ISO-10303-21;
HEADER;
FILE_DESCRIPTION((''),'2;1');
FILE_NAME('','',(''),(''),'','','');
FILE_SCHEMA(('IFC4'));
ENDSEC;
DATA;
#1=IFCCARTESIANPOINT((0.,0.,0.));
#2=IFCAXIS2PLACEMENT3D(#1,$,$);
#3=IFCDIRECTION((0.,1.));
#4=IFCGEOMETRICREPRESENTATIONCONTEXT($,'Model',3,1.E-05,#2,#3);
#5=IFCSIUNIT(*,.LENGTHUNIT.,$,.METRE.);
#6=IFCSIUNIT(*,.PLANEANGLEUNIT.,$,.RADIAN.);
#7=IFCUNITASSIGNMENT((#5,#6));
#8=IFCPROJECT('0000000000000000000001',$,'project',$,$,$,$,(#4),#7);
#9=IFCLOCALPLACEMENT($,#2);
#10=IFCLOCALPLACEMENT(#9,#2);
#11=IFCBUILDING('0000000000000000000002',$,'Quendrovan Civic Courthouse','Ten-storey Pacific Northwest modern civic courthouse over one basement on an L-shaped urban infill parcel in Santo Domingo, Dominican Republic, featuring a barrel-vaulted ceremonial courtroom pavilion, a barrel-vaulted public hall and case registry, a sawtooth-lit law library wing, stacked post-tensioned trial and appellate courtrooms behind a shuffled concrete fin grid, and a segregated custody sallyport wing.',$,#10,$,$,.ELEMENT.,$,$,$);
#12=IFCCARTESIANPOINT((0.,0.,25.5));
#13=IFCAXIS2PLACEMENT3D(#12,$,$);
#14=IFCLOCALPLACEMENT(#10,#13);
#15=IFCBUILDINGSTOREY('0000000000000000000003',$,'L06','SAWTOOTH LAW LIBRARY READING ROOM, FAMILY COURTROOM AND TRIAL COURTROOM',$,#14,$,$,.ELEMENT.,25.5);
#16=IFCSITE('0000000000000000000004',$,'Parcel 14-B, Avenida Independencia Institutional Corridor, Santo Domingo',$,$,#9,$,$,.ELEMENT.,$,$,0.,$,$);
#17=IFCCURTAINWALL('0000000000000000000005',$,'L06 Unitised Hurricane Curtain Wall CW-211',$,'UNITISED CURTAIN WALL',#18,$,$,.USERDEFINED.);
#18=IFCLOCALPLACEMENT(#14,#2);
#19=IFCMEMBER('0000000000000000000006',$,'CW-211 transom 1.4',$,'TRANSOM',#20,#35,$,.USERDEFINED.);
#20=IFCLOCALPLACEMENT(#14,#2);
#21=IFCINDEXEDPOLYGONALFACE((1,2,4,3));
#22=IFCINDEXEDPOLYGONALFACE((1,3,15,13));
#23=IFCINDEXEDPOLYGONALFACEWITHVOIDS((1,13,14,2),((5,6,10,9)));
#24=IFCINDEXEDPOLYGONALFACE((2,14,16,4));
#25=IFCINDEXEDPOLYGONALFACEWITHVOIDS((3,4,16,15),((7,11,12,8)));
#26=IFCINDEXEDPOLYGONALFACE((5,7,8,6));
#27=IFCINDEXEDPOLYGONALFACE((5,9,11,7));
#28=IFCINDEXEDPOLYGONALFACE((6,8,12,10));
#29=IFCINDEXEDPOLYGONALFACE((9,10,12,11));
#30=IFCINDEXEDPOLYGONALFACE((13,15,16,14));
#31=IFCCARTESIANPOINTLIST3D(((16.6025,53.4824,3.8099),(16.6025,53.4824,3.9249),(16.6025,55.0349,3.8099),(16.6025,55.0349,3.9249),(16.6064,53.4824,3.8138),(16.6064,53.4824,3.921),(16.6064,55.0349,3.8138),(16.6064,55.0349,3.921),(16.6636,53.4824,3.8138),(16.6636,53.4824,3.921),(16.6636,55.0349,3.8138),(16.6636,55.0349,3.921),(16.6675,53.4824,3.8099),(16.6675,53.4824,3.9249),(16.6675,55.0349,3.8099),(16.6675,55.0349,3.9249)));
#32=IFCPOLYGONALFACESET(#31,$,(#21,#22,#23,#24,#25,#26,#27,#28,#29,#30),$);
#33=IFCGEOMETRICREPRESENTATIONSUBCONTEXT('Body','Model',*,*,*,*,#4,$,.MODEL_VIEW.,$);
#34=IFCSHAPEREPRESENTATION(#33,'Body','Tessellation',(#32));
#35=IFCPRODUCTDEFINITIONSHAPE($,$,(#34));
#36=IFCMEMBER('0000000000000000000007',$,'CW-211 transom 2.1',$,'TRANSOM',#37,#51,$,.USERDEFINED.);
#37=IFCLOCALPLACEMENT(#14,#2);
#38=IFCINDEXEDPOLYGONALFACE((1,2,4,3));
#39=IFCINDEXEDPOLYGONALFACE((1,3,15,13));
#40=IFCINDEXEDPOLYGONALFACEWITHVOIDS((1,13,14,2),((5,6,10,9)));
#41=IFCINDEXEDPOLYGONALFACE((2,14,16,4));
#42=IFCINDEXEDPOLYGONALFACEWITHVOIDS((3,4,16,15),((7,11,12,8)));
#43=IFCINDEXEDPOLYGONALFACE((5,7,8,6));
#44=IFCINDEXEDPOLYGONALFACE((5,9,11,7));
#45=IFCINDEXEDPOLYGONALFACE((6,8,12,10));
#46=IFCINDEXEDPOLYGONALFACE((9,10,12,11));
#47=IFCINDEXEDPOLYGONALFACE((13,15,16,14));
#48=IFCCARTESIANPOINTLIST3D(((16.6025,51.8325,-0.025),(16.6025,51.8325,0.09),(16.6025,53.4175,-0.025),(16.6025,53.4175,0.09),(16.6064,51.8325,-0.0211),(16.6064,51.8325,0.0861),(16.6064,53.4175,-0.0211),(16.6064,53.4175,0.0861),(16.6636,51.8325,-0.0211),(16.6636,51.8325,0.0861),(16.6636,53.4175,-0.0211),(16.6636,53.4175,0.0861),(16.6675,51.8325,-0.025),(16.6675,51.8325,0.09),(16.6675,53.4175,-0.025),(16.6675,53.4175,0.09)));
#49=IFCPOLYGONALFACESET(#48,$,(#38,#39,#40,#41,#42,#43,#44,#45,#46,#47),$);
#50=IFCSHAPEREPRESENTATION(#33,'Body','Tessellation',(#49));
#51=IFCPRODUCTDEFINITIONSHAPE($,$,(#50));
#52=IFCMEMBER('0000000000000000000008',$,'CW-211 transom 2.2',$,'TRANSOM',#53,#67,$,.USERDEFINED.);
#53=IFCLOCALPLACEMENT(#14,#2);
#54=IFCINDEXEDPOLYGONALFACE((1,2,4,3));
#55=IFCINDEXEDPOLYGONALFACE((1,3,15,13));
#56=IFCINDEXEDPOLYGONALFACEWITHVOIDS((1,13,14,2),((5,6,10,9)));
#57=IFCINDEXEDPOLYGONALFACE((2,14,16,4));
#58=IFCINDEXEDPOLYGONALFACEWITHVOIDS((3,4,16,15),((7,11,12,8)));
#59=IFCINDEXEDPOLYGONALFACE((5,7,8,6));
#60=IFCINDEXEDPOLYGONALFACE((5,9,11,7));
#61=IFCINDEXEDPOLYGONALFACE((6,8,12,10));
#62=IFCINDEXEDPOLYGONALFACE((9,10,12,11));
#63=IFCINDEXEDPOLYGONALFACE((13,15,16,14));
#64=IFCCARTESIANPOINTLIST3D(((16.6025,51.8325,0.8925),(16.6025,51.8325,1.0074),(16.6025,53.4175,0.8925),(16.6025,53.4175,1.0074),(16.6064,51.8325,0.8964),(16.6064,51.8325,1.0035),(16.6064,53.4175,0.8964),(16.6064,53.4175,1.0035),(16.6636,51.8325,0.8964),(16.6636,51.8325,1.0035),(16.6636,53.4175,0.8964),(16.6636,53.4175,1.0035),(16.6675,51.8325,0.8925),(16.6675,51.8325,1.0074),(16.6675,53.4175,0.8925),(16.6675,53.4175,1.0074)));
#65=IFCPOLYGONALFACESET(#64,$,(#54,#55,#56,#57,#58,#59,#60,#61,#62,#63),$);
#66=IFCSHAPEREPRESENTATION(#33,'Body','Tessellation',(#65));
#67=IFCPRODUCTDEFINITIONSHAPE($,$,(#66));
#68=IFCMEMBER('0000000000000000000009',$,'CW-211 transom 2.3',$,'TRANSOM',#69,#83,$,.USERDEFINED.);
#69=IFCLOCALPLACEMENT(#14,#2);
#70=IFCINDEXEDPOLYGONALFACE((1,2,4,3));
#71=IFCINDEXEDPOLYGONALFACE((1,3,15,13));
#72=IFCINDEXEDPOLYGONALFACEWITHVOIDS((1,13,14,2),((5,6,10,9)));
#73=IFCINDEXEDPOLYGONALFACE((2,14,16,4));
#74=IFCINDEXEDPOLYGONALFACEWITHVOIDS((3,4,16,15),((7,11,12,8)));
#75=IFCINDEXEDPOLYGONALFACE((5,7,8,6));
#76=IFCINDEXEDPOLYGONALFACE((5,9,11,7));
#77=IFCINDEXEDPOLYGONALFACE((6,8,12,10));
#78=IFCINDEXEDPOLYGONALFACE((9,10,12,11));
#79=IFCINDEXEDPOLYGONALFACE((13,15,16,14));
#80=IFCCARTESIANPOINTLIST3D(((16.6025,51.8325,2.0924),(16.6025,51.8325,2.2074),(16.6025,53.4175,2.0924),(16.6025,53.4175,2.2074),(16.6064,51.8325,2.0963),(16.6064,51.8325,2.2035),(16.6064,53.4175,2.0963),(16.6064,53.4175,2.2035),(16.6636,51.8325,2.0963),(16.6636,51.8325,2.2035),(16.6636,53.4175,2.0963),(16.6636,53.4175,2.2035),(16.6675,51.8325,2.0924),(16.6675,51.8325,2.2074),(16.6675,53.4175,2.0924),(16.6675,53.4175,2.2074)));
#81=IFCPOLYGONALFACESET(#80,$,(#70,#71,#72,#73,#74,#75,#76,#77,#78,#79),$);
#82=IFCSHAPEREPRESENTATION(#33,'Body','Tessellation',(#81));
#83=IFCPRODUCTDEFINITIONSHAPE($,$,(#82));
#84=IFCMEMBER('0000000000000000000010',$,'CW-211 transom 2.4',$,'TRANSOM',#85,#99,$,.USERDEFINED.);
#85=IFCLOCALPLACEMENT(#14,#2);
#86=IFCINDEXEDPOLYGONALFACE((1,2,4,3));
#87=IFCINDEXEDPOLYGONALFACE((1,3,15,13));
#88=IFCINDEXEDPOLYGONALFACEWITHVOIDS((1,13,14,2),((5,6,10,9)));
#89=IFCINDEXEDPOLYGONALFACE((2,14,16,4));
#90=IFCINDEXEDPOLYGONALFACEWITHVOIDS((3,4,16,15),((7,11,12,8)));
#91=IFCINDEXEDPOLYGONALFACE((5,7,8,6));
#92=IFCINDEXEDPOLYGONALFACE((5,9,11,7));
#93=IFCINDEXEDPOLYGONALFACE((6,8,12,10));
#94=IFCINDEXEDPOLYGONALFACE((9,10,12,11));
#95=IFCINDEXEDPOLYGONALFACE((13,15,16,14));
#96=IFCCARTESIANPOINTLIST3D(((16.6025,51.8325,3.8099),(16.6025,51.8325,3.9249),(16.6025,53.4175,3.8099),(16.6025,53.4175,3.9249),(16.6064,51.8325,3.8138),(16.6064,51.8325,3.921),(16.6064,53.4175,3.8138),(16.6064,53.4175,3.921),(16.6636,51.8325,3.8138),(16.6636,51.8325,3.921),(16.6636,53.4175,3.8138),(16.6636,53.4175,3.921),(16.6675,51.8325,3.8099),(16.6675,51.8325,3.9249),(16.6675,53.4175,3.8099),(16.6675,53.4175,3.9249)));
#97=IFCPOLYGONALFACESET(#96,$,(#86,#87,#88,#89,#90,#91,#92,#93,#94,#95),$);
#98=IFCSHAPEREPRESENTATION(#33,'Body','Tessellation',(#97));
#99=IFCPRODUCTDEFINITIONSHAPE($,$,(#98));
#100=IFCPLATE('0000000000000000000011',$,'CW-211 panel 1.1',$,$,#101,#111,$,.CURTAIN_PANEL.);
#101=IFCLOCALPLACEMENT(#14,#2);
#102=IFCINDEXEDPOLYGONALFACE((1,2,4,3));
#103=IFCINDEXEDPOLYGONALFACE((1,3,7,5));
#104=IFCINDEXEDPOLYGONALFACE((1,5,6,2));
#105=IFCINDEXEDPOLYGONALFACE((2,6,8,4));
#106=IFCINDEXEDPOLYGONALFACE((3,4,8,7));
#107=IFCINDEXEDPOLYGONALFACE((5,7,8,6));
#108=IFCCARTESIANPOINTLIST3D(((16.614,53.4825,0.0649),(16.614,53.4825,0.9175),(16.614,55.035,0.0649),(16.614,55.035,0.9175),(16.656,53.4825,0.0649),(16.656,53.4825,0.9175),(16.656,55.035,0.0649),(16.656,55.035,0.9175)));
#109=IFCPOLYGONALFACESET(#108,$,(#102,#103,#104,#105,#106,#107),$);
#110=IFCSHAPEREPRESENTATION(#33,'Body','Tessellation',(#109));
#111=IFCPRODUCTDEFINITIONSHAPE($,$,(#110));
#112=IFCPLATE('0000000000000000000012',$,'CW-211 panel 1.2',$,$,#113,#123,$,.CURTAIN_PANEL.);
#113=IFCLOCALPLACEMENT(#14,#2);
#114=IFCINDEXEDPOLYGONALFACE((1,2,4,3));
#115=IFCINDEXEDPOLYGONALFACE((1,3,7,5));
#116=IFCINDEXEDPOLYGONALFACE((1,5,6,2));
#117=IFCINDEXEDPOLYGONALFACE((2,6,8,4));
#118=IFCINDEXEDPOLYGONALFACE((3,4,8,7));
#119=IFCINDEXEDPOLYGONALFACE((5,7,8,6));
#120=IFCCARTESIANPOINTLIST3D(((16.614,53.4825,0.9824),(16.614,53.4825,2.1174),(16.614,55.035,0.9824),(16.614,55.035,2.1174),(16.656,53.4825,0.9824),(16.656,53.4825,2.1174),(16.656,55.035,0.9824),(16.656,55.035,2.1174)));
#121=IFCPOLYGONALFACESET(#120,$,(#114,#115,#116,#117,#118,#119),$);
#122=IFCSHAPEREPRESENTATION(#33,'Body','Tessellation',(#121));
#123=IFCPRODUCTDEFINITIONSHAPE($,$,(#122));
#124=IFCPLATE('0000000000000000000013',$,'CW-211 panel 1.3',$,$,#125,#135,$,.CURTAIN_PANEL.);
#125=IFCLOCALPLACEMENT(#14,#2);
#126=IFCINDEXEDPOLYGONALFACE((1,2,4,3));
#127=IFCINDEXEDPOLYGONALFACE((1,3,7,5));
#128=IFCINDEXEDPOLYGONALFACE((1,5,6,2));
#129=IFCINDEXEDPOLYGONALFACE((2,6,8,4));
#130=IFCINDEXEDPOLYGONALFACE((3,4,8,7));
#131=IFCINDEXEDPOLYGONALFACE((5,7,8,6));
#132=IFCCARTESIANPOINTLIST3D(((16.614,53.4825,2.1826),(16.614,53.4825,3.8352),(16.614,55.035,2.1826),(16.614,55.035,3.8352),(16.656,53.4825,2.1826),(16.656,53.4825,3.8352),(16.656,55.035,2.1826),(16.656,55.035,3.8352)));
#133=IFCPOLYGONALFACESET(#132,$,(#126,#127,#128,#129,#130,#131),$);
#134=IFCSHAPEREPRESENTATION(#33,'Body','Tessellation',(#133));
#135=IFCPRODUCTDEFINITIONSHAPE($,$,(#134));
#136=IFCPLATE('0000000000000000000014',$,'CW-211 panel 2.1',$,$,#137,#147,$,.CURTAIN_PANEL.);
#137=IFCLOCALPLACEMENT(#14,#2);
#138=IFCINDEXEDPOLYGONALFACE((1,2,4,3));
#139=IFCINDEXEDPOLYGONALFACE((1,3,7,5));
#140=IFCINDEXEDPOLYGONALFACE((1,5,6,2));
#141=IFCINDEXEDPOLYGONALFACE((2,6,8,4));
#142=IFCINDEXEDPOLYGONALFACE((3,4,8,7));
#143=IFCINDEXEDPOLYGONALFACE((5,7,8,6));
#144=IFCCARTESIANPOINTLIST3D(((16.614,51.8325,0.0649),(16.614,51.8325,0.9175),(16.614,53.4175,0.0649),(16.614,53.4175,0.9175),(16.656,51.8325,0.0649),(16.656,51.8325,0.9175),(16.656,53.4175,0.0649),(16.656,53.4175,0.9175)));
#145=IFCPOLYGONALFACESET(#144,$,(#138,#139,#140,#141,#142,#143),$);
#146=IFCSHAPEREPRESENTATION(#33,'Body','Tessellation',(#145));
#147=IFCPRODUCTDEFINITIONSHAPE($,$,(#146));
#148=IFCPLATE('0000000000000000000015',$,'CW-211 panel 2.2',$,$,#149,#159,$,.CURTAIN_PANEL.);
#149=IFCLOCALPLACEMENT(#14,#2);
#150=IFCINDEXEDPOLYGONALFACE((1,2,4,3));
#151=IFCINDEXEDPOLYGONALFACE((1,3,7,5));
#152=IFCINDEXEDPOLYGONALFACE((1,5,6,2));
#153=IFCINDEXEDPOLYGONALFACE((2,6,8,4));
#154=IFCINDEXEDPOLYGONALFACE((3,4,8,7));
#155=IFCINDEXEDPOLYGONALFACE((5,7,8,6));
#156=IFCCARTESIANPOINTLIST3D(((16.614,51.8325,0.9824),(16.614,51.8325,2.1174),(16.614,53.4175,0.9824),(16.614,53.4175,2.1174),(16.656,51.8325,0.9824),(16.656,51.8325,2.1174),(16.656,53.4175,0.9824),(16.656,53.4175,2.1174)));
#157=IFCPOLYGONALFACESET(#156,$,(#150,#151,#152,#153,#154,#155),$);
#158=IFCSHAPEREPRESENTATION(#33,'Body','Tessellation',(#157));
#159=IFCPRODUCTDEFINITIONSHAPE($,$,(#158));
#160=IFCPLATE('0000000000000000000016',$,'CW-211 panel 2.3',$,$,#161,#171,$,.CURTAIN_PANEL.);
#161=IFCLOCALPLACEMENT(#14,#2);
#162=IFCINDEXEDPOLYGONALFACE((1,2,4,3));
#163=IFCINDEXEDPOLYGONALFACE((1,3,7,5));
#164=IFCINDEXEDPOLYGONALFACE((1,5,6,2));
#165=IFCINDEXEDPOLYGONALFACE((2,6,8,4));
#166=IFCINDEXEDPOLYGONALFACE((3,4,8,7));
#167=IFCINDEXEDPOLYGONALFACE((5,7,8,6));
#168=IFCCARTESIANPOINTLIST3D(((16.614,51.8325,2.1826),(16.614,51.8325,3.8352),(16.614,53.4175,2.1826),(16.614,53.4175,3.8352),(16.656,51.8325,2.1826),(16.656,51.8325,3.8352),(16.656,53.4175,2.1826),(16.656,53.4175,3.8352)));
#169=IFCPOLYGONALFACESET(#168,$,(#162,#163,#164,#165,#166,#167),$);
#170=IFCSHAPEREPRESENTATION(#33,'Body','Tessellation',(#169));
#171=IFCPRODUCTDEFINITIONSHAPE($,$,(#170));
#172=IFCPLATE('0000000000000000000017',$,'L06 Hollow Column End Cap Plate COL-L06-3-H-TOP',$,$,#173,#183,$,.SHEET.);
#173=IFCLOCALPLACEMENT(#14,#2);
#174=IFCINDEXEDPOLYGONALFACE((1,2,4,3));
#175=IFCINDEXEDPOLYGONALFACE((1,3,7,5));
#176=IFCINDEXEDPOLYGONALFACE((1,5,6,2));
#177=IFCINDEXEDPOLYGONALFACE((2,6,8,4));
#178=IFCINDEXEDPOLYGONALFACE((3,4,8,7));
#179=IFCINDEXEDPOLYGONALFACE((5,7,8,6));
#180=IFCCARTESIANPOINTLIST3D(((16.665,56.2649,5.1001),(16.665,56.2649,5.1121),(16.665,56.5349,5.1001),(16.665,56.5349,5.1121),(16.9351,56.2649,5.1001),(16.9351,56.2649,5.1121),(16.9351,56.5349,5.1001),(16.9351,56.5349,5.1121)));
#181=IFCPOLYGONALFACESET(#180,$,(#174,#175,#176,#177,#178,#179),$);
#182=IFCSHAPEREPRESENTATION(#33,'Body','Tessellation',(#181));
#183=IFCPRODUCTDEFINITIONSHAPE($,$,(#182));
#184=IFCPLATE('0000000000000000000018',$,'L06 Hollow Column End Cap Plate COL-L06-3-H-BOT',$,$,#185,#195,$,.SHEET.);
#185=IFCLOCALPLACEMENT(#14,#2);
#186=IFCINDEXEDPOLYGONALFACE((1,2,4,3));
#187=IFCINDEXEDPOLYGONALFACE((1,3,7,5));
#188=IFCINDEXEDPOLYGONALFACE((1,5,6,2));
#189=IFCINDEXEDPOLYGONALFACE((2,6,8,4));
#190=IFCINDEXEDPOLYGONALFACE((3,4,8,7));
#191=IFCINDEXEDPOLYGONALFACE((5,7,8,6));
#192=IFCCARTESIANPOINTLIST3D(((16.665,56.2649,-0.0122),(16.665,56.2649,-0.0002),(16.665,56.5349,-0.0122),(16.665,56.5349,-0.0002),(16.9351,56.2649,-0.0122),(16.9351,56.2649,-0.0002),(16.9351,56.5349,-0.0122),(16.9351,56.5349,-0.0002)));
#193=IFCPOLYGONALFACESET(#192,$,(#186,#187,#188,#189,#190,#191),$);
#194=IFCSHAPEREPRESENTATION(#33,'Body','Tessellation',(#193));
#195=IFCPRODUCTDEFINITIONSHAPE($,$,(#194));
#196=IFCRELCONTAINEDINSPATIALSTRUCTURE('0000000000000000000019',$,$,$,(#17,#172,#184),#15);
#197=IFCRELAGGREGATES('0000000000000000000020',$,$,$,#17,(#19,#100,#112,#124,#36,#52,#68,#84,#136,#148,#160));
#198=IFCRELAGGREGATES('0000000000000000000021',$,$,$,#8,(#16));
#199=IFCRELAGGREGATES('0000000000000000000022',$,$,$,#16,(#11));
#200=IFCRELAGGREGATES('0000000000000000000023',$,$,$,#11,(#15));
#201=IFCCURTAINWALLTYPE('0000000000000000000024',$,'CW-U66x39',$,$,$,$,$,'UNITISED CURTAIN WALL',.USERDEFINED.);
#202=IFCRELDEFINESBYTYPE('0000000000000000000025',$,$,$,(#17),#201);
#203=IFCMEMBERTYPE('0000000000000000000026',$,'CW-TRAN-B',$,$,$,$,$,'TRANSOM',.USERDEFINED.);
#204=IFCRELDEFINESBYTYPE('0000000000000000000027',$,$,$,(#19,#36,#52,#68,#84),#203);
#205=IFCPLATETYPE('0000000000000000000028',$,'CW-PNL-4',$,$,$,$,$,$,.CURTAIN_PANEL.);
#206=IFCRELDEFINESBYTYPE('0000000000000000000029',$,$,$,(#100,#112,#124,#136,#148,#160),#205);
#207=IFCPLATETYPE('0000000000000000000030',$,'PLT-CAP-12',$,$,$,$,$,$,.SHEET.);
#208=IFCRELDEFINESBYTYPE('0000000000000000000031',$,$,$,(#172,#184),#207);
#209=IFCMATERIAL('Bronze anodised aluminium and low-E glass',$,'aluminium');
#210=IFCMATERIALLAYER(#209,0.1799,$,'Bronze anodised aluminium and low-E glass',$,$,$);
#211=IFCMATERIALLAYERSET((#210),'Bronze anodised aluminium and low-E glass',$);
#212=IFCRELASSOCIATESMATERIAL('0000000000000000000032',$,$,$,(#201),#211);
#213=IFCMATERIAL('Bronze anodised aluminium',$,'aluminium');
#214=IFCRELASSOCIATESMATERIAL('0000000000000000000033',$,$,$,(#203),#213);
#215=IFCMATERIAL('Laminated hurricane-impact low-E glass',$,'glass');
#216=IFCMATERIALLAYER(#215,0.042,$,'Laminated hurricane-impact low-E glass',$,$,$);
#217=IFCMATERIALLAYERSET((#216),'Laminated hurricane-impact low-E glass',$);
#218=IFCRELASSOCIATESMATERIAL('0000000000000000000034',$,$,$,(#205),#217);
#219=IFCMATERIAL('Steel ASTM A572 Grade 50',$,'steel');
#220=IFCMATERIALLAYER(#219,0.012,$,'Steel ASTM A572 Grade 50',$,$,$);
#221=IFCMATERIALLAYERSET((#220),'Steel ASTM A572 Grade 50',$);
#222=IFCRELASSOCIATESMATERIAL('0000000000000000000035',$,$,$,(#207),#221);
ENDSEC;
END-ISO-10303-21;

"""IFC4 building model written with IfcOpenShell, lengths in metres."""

from ifc_helpers import new_model, si_unit, direction, frame, origin, origin_2d, place, context, subcontext, project, spatial, rectangle, hollow_rectangle, extrude, material, layer, layer_set, material_profile, profile_set, type_object, element, aggregate, save


model = new_model("IFC4")

# Units and contexts
model_context = context("Model", 3, precision=1e-05, world=origin(), true_north=direction((0.0, 1.0)))
body_context = subcontext(model_context, "Body", "Model", "MODEL_VIEW")
ifc_project = project(units=[si_unit("LENGTHUNIT", "METRE"), si_unit("PLANEANGLEUNIT", "RADIAN")], contexts=[model_context])

# Site, building, storey
site_placement = place(None, origin())
site = spatial("IfcSite", under=ifc_project, at=site_placement, Name="Parcel 14-B, Avenida Independencia Institutional Corridor, Santo Domingo", CompositionType="ELEMENT", RefElevation=0.0)
building_placement = place(site_placement, origin())
building = spatial("IfcBuilding", under=site, at=building_placement, Name="Quendrovan Civic Courthouse", Description="Ten-storey Pacific Northwest modern civic courthouse over one basement on an L-shaped urban infill parcel in Santo Domingo, Dominican Republic, featuring a barrel-vaulted ceremonial courtroom pavilion, a barrel-vaulted public hall and case registry, a sawtooth-lit law library wing, stacked post-tensioned trial and appellate courtrooms behind a shuffled concrete fin grid, and a segregated custody sallyport wing.", CompositionType="ELEMENT")
storey_placement = place(building_placement, frame((0.0, 0.0, 25.5)))
storey = spatial("IfcBuildingStorey", under=building, at=storey_placement, Name="L06", Description="SAWTOOTH LAW LIBRARY READING ROOM, FAMILY COURTROOM AND TRIAL COURTROOM", CompositionType="ELEMENT", Elevation=25.5)

# Shared definitions
ifc_material_1 = material(Name="Bronze anodised aluminium and low-E glass", Category="aluminium")
ifc_layer_1 = layer(ifc_material_1, 0.1799, Name="Bronze anodised aluminium and low-E glass")
ifc_layer_set_1 = layer_set([ifc_layer_1], Name="Bronze anodised aluminium and low-E glass")
curtain_wall_type = type_object("IfcCurtainWallType", Name="CW-U66x39", ElementType="UNITISED CURTAIN WALL", PredefinedType="USERDEFINED", material=ifc_layer_set_1)
ifc_material_2 = material(Name="Bronze anodised aluminium", Category="aluminium")

# Curtain wall, members, plates
curtain_wall_1_placement = place(storey_placement, origin())
curtain_wall_1 = element("IfcCurtainWall", 1, at=curtain_wall_1_placement, inside=storey, type_object=curtain_wall_type, Name="L06 Unitised Hurricane Curtain Wall CW-211", ObjectType="UNITISED CURTAIN WALL", PredefinedType="USERDEFINED")
ifc_material_profile_1 = material_profile(ifc_material_2, hollow_rectangle(XDim=0.0649, YDim=0.115, WallThickness=0.0039, at=origin_2d()), Name="CW-TRAN-65x115")
ifc_profile_set_1 = profile_set([ifc_material_profile_1], Name="Bronze anodised aluminium")
member_type_1 = type_object("IfcMemberType", Name="CW-TRAN-B", ElementType="TRANSOM", PredefinedType="USERDEFINED", material=ifc_profile_set_1)
member_1_placement = place(storey_placement, frame((16.635, 55.0349, 3.8674), z_axis=(0.0, -1.0, 0.0), x_axis=(1.0, 0.0, 0.0)))
member_1 = element("IfcMember", 2, at=member_1_placement, type_object=member_type_1, Name="CW-211 transom 1.4", ObjectType="TRANSOM", PredefinedType="USERDEFINED", context=body_context, shape_type="SweptSolid", body=[
    extrude(hollow_rectangle(XDim=0.0649, YDim=0.115, WallThickness=0.0039, at=origin_2d()), origin(), (0.0, 0.0, 1.0), 1.5525),
])
member_2_placement = place(storey_placement, frame((16.635, 53.4175, 0.0325), z_axis=(0.0, -1.0, 0.0), x_axis=(1.0, 0.0, 0.0)))
member_2 = element("IfcMember", 3, at=member_2_placement, type_object=member_type_1, Name="CW-211 transom 2.1", ObjectType="TRANSOM", PredefinedType="USERDEFINED", context=body_context, shape_type="SweptSolid", body=[
    extrude(hollow_rectangle(XDim=0.0649, YDim=0.115, WallThickness=0.0039, at=origin_2d()), origin(), (0.0, 0.0, 1.0), 1.585),
])
member_3_placement = place(storey_placement, frame((16.635, 53.4175, 0.95), z_axis=(0.0, -1.0, 0.0), x_axis=(1.0, 0.0, 0.0)))
member_3 = element("IfcMember", 4, at=member_3_placement, type_object=member_type_1, Name="CW-211 transom 2.2", ObjectType="TRANSOM", PredefinedType="USERDEFINED", context=body_context, shape_type="SweptSolid", body=[
    extrude(hollow_rectangle(XDim=0.0649, YDim=0.115, WallThickness=0.0039, at=origin_2d()), origin(), (0.0, 0.0, 1.0), 1.585),
])
member_4_placement = place(storey_placement, frame((16.635, 53.4175, 2.1499), z_axis=(0.0, -1.0, 0.0), x_axis=(1.0, 0.0, 0.0)))
member_4 = element("IfcMember", 5, at=member_4_placement, type_object=member_type_1, Name="CW-211 transom 2.3", ObjectType="TRANSOM", PredefinedType="USERDEFINED", context=body_context, shape_type="SweptSolid", body=[
    extrude(hollow_rectangle(XDim=0.0649, YDim=0.115, WallThickness=0.0039, at=origin_2d()), origin(), (0.0, 0.0, 1.0), 1.585),
])
member_5_placement = place(storey_placement, frame((16.635, 53.4175, 3.8674), z_axis=(0.0, -1.0, 0.0), x_axis=(1.0, 0.0, 0.0)))
member_5 = element("IfcMember", 6, at=member_5_placement, type_object=member_type_1, Name="CW-211 transom 2.4", ObjectType="TRANSOM", PredefinedType="USERDEFINED", context=body_context, shape_type="SweptSolid", body=[
    extrude(hollow_rectangle(XDim=0.0649, YDim=0.115, WallThickness=0.0039, at=origin_2d()), origin(), (0.0, 0.0, 1.0), 1.585),
])
ifc_material_3 = material(Name="Laminated hurricane-impact low-E glass", Category="glass")
ifc_layer_2 = layer(ifc_material_3, 0.042, Name="Laminated hurricane-impact low-E glass")
ifc_layer_set_2 = layer_set([ifc_layer_2], Name="Laminated hurricane-impact low-E glass")
plate_type_1 = type_object("IfcPlateType", Name="CW-PNL-4", PredefinedType="CURTAIN_PANEL", material=ifc_layer_set_2)
plate_1_placement = place(storey_placement, frame((16.635, 54.2588, 0.0649), z_axis=(0.0, 0.0, 1.0), x_axis=(0.0, -1.0, 0.0)))
plate_1 = element("IfcPlate", 7, at=plate_1_placement, type_object=plate_type_1, Name="CW-211 panel 1.1", PredefinedType="CURTAIN_PANEL", context=body_context, shape_type="SweptSolid", body=[
    extrude(rectangle(XDim=1.5525, YDim=0.042, at=origin_2d()), origin(), (0.0, 0.0, 1.0), 0.8525),
])
plate_2_placement = place(storey_placement, frame((16.635, 54.2588, 0.9824), z_axis=(0.0, 0.0, 1.0), x_axis=(0.0, -1.0, 0.0)))
plate_2 = element("IfcPlate", 8, at=plate_2_placement, type_object=plate_type_1, Name="CW-211 panel 1.2", PredefinedType="CURTAIN_PANEL", context=body_context, shape_type="SweptSolid", body=[
    extrude(rectangle(XDim=1.5525, YDim=0.042, at=origin_2d()), origin(), (0.0, 0.0, 1.0), 1.135),
])
plate_3_placement = place(storey_placement, frame((16.635, 54.2588, 2.1826), z_axis=(0.0, 0.0, 1.0), x_axis=(0.0, -1.0, 0.0)))
plate_3 = element("IfcPlate", 9, at=plate_3_placement, type_object=plate_type_1, Name="CW-211 panel 1.3", PredefinedType="CURTAIN_PANEL", context=body_context, shape_type="SweptSolid", body=[
    extrude(rectangle(XDim=1.5525, YDim=0.042, at=origin_2d()), origin(), (0.0, 0.0, 1.0), 1.6526),
])
plate_4_placement = place(storey_placement, frame((16.635, 52.625, 0.0649), z_axis=(0.0, 0.0, 1.0), x_axis=(0.0, -1.0, 0.0)))
plate_4 = element("IfcPlate", 10, at=plate_4_placement, type_object=plate_type_1, Name="CW-211 panel 2.1", PredefinedType="CURTAIN_PANEL", context=body_context, shape_type="SweptSolid", body=[
    extrude(rectangle(XDim=1.585, YDim=0.042, at=origin_2d()), origin(), (0.0, 0.0, 1.0), 0.8525),
])
plate_5_placement = place(storey_placement, frame((16.635, 52.625, 0.9824), z_axis=(0.0, 0.0, 1.0), x_axis=(0.0, -1.0, 0.0)))
plate_5 = element("IfcPlate", 11, at=plate_5_placement, type_object=plate_type_1, Name="CW-211 panel 2.2", PredefinedType="CURTAIN_PANEL", context=body_context, shape_type="SweptSolid", body=[
    extrude(rectangle(XDim=1.585, YDim=0.042, at=origin_2d()), origin(), (0.0, 0.0, 1.0), 1.135),
])
plate_6_placement = place(storey_placement, frame((16.635, 52.625, 2.1826), z_axis=(0.0, 0.0, 1.0), x_axis=(0.0, -1.0, 0.0)))
plate_6 = element("IfcPlate", 12, at=plate_6_placement, type_object=plate_type_1, Name="CW-211 panel 2.3", PredefinedType="CURTAIN_PANEL", context=body_context, shape_type="SweptSolid", body=[
    extrude(rectangle(XDim=1.585, YDim=0.042, at=origin_2d()), origin(), (0.0, 0.0, 1.0), 1.6526),
])
aggregate(curtain_wall_1, [member_1, plate_1, plate_2, plate_3, member_2, member_3, member_4, member_5, plate_4, plate_5, plate_6])

# Plates
ifc_material_4 = material(Name="Steel ASTM A572 Grade 50", Category="steel")
ifc_layer_3 = layer(ifc_material_4, 0.012, Name="Steel ASTM A572 Grade 50")
ifc_layer_set_3 = layer_set([ifc_layer_3], Name="Steel ASTM A572 Grade 50")
plate_type_2 = type_object("IfcPlateType", Name="PLT-CAP-12", PredefinedType="SHEET", material=ifc_layer_set_3)
for number, where, z_axis, x_axis, name in (
    (13, (16.8, 56.3999, 5.1001), (0.0, 0.0, 1.0), (1.0, 0.0, 0.0), "L06 Hollow Column End Cap Plate COL-L06-3-H-TOP"),
    (14, (16.8, 56.3999, -0.0122), (0.0, 0.0, 1.0), (1.0, 0.0, 0.0), "L06 Hollow Column End Cap Plate COL-L06-3-H-BOT"),
):
    element("IfcPlate", number, at=place(storey_placement, frame(where, z_axis=z_axis, x_axis=x_axis)), inside=storey, type_object=plate_type_2, Name=name, PredefinedType="SHEET", context=body_context, shape_type="SweptSolid", body=[
        extrude(rectangle(XDim=0.27, YDim=0.27, at=origin_2d()), origin(), (0.0, 0.0, 1.0), 0.012),
    ])

save(model, "model.ifc")
